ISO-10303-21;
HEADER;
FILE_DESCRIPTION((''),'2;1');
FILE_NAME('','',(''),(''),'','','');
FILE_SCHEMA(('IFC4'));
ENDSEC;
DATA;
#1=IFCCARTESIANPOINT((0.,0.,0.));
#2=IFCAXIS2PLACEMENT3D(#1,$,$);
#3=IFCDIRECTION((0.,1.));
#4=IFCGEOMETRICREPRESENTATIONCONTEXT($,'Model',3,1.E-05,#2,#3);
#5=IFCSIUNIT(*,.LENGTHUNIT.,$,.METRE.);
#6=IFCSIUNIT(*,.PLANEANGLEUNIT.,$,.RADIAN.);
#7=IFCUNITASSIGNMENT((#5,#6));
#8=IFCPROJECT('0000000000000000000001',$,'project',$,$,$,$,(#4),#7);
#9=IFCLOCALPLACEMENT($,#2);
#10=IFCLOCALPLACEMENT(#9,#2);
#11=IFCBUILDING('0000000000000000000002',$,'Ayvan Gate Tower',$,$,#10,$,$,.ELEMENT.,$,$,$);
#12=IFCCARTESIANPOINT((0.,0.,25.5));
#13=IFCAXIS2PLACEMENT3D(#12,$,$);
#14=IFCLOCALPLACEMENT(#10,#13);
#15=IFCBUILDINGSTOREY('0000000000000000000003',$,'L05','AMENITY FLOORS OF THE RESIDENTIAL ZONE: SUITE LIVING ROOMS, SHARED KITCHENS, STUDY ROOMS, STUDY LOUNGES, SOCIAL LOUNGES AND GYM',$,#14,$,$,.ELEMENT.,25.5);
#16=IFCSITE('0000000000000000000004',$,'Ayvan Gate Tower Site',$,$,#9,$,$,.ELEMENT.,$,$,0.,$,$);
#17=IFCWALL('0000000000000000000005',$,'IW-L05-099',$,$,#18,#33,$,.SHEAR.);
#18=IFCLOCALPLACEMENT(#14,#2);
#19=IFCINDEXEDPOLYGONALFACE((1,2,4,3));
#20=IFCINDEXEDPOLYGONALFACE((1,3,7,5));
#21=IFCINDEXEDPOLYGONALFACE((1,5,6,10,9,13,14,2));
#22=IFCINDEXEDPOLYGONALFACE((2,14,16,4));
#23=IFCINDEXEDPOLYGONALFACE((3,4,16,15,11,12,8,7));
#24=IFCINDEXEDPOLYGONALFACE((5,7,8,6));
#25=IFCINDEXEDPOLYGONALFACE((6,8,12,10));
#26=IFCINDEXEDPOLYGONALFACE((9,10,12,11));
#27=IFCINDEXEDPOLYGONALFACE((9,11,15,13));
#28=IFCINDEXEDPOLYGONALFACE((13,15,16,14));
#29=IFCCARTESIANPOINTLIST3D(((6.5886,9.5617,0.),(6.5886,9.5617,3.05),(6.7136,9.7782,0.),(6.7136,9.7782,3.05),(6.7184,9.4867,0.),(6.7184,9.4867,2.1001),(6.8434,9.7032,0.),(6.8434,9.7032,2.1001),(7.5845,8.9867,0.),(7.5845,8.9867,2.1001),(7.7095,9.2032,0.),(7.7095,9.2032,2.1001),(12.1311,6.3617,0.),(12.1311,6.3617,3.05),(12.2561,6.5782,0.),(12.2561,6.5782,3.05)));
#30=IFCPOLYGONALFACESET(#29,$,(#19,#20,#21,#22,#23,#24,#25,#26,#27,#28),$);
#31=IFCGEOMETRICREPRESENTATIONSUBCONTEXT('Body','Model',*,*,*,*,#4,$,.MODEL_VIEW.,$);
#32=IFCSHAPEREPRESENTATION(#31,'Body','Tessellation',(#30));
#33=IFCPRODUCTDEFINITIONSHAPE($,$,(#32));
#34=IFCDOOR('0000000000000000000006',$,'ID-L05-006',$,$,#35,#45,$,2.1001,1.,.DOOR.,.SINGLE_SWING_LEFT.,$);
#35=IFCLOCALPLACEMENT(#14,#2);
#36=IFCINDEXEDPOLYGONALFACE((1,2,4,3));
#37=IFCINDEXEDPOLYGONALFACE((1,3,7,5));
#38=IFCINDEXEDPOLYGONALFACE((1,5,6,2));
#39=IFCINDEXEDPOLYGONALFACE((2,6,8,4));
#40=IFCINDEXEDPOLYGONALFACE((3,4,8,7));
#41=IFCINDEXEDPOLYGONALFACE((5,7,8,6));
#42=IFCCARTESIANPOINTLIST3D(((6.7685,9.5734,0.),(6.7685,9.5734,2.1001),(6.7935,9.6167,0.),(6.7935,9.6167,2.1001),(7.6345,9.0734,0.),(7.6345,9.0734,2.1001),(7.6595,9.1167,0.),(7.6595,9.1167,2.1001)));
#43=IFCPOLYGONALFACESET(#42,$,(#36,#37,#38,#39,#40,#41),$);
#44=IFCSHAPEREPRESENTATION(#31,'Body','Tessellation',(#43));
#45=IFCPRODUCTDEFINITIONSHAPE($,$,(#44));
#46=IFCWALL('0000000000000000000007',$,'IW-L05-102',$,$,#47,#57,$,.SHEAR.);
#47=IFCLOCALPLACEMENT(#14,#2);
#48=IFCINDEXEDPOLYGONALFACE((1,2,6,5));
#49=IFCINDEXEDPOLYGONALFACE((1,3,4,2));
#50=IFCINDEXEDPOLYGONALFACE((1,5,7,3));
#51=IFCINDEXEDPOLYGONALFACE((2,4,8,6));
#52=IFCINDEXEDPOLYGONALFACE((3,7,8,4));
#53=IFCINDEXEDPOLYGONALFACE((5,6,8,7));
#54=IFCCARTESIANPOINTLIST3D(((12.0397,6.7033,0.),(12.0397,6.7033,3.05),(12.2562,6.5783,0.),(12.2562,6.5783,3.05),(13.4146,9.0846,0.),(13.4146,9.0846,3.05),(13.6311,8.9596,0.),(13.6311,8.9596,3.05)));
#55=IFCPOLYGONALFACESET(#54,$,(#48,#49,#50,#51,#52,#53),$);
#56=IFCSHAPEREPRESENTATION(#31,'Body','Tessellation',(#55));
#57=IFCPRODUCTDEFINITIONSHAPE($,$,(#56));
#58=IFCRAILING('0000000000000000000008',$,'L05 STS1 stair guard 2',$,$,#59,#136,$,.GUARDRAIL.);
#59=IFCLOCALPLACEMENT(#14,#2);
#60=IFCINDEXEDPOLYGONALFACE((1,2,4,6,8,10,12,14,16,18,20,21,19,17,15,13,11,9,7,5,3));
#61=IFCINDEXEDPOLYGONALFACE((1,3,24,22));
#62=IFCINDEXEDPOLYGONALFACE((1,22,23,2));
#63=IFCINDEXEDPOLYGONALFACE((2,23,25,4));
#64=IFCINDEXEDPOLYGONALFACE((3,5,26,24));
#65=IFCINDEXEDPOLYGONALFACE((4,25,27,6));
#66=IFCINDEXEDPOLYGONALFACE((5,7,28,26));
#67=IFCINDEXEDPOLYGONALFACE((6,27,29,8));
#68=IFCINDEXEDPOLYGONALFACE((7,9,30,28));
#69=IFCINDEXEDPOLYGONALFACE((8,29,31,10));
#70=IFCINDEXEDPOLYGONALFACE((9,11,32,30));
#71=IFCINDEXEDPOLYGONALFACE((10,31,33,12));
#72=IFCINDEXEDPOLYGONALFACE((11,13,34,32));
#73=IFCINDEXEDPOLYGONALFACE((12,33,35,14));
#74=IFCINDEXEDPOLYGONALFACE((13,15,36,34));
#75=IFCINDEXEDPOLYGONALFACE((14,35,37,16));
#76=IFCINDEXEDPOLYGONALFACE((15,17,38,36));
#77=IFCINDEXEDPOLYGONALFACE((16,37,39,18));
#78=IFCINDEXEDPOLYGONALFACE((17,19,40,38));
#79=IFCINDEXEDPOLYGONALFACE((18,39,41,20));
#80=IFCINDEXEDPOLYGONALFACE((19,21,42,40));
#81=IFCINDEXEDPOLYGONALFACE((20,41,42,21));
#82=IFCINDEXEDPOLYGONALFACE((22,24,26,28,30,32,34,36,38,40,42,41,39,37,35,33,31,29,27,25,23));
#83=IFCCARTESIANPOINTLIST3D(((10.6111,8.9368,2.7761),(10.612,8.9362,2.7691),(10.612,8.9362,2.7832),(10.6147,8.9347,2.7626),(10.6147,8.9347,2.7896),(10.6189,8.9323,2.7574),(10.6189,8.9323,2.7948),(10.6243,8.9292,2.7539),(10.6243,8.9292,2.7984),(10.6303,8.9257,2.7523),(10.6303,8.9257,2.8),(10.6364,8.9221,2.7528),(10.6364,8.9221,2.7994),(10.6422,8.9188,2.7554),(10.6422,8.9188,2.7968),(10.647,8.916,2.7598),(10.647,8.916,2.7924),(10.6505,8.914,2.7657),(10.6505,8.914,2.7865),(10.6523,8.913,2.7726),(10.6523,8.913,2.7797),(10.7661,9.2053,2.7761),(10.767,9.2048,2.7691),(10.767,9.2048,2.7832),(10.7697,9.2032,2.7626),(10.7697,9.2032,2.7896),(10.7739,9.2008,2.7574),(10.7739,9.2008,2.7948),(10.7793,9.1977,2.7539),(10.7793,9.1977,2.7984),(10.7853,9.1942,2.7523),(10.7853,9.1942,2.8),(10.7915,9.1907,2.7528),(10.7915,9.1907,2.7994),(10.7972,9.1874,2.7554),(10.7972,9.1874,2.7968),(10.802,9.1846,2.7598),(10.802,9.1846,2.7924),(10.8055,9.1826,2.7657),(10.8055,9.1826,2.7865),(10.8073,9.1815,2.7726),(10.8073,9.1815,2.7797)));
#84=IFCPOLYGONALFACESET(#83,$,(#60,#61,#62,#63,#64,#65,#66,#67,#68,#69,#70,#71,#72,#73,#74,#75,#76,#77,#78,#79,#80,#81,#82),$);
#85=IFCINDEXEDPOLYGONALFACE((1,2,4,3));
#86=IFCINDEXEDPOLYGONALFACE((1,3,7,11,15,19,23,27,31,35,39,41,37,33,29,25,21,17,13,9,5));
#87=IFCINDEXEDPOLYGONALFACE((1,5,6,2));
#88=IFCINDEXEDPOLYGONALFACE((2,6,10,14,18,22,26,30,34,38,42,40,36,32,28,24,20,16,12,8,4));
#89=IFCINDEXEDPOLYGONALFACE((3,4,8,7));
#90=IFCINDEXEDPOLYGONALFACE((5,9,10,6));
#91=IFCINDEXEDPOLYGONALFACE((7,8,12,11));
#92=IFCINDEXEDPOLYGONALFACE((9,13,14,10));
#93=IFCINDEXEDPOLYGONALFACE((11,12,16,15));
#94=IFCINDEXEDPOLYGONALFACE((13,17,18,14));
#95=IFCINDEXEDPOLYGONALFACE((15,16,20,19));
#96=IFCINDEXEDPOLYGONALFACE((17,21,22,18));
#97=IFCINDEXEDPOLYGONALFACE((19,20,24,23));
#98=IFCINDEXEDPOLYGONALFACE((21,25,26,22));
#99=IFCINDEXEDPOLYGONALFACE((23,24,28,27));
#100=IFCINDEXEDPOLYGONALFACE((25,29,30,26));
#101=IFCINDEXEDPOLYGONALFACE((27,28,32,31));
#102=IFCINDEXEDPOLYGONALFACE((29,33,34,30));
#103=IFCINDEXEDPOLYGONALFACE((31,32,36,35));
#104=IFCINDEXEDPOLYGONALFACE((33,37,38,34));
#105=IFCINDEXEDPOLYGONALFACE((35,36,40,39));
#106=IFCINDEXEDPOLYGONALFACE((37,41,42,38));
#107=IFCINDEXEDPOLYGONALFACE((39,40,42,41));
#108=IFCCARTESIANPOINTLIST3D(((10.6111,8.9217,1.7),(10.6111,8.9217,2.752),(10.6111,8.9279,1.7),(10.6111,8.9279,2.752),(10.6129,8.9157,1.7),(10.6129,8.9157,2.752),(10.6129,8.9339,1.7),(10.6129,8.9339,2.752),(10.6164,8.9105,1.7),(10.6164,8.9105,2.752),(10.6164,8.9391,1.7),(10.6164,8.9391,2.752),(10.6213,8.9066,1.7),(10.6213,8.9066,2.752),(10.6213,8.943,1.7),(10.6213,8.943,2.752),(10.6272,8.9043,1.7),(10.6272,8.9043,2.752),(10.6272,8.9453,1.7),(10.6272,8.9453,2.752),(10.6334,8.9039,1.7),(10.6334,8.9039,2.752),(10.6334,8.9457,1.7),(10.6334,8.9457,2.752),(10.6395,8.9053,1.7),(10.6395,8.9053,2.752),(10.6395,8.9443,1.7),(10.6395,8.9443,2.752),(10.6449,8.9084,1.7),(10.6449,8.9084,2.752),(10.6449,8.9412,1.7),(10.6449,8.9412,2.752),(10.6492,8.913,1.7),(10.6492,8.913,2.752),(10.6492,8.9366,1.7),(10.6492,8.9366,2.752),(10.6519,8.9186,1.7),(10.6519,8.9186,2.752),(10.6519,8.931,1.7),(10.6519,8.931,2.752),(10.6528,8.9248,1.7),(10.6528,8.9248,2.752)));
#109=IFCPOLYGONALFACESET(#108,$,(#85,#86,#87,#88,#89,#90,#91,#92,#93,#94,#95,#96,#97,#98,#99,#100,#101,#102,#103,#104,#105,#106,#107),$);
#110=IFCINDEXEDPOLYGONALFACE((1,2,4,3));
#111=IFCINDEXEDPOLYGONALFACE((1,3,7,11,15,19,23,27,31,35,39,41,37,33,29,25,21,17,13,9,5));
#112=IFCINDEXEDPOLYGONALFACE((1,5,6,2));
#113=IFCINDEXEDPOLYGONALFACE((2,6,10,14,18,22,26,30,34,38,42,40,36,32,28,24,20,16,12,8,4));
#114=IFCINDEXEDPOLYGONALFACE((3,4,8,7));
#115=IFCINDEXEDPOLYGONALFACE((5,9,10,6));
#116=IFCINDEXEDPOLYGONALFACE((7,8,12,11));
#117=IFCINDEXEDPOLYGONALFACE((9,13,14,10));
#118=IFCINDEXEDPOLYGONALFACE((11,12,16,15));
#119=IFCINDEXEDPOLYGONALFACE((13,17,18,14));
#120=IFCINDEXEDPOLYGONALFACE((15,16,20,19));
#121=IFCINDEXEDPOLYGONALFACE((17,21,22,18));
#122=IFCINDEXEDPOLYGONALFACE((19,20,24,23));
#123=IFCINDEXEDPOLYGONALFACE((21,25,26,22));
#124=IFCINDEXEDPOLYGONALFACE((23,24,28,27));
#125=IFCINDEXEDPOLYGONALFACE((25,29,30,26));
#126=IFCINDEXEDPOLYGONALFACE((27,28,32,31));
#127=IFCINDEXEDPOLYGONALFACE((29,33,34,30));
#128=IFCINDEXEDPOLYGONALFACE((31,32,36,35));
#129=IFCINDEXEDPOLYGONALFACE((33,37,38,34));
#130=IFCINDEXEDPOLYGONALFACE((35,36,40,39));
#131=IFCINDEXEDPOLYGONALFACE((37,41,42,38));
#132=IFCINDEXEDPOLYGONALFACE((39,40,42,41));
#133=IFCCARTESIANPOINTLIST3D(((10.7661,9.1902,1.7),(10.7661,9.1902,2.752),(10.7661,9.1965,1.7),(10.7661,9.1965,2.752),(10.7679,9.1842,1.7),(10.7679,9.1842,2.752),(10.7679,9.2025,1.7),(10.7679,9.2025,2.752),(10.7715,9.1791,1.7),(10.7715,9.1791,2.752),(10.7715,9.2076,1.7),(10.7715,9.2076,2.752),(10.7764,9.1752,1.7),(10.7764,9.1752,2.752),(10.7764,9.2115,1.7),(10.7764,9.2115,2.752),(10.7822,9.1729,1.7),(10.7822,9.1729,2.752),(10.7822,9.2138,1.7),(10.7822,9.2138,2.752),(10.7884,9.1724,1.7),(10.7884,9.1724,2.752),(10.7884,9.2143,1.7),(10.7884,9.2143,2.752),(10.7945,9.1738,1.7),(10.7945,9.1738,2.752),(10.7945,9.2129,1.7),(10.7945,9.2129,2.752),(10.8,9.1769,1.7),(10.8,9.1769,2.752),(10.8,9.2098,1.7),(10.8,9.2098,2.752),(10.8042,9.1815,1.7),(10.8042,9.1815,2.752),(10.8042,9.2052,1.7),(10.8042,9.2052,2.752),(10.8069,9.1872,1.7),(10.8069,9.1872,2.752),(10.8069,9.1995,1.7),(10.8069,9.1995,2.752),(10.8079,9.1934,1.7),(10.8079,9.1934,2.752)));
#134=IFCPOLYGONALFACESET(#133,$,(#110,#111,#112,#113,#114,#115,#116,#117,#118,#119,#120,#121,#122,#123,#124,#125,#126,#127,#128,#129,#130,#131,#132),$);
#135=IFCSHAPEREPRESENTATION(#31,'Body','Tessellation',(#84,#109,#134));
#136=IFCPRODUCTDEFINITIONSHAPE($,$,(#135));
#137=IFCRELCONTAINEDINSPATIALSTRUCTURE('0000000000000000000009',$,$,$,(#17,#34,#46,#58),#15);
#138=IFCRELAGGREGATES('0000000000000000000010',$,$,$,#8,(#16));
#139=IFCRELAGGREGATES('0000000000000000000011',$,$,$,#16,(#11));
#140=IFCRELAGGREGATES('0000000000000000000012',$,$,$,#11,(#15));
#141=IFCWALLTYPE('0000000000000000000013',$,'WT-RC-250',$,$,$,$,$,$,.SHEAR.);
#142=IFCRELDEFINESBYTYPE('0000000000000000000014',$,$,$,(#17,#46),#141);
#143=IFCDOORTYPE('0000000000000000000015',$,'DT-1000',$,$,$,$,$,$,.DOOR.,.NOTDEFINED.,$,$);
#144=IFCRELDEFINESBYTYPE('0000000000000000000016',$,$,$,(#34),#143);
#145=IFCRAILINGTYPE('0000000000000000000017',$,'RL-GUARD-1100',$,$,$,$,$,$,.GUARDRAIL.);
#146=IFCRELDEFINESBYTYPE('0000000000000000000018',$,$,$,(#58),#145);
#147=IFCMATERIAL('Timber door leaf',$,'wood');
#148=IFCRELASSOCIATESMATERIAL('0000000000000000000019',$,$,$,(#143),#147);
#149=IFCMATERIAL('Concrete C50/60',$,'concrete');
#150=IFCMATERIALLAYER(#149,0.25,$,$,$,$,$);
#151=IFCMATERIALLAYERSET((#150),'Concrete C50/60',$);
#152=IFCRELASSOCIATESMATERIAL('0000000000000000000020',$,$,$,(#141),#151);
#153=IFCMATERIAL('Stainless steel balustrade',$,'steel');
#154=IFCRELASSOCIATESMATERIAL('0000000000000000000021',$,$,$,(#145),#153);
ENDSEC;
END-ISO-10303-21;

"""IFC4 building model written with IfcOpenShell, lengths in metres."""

from ifc_helpers import new_model, si_unit, direction, frame, frame_2d, origin, origin_2d, place, context, subcontext, project, spatial, rectangle, circle, extrude, material, layer, layer_set, type_object, element, fill, save


model = new_model("IFC4")

# Units and contexts
model_context = context("Model", 3, precision=1e-05, world=origin(), true_north=direction((0.0, 1.0)))
body_context = subcontext(model_context, "Body", "Model", "MODEL_VIEW")
ifc_project = project(units=[si_unit("LENGTHUNIT", "METRE"), si_unit("PLANEANGLEUNIT", "RADIAN")], contexts=[model_context])

# Site, building, storey
site_placement = place(None, origin())
site = spatial("IfcSite", under=ifc_project, at=site_placement, Name="Ayvan Gate Tower Site", CompositionType="ELEMENT", RefElevation=0.0)
building_placement = place(site_placement, origin())
building = spatial("IfcBuilding", under=site, at=building_placement, Name="Ayvan Gate Tower", CompositionType="ELEMENT")
storey_placement = place(building_placement, frame((0.0, 0.0, 25.5)))
storey = spatial("IfcBuildingStorey", under=building, at=storey_placement, Name="L05", Description="AMENITY FLOORS OF THE RESIDENTIAL ZONE: SUITE LIVING ROOMS, SHARED KITCHENS, STUDY ROOMS, STUDY LOUNGES, SOCIAL LOUNGES AND GYM", CompositionType="ELEMENT", Elevation=25.5)

# Shared definitions
ifc_material_1 = material(Name="Timber door leaf", Category="wood")

# Shared definitions
door_type_1 = type_object("IfcDoorType", Name="DT-1000", OperationType="NOTDEFINED", PredefinedType="DOOR", material=ifc_material_1)

# Wall, opening, door
ifc_material_2 = material(Name="Concrete C50/60", Category="concrete")
ifc_layer_1 = layer(ifc_material_2, 0.25)
ifc_layer_set_1 = layer_set([ifc_layer_1], Name="Concrete C50/60")
wall_type_1 = type_object("IfcWallType", Name="WT-RC-250", PredefinedType="SHEAR", material=ifc_layer_set_1)
wall_1_placement = place(storey_placement, frame((12.1936, 6.47, 0.0), z_axis=(0.0, 0.0, 1.0), x_axis=(-0.866025, 0.5, 0.0)))
wall_1 = element("IfcWall", 1, at=wall_1_placement, inside=storey, type_object=wall_type_1, Name="IW-L05-099", PredefinedType="SHEAR", context=body_context, shape_type="SweptSolid", body=[
    extrude(rectangle(XDim=6.3999, YDim=0.25, at=frame_2d((3.2, 0.0))), origin(), (0.0, 0.0, 1.0), 3.05),
])
opening_1_placement = place(wall_1_placement, frame((5.25, 0.0, 0.0)))
opening_1 = element("IfcOpeningElement", 2, at=opening_1_placement, cuts=wall_1, PredefinedType="OPENING", context=body_context, shape_type="SweptSolid", body=[
    extrude(rectangle(XDim=1.0, YDim=2.1001, at=frame_2d((0.5, 1.05))), frame((0.0, 0.135, 0.0), z_axis=(0.0, -1.0, 0.0), x_axis=(1.0, 0.0, 0.0)), (0.0, 0.0, 1.0), 0.27),
])
door_1_placement = place(opening_1_placement, origin())
door_1 = element("IfcDoor", 3, at=door_1_placement, inside=storey, type_object=door_type_1, Name="ID-L05-006", OperationType="SINGLE_SWING_LEFT", OverallHeight=2.1001, OverallWidth=1.0, PredefinedType="DOOR", context=body_context, shape_type="SweptSolid", body=[
    extrude(rectangle(XDim=1.0, YDim=2.1001, at=frame_2d((0.5, 1.05))), frame((0.0, 0.0249, 0.0), z_axis=(0.0, -1.0, 0.0), x_axis=(1.0, 0.0, 0.0)), (0.0, 0.0, 1.0), 0.05),
])
fill(opening_1, door_1)

# Wall
wall_2_placement = place(storey_placement, frame((13.5229, 9.0222, 0.0), z_axis=(0.0, 0.0, 1.0), x_axis=(-0.500035, -0.866005, 0.0)))
element("IfcWall", 4, at=wall_2_placement, inside=storey, type_object=wall_type_1, Name="IW-L05-102", PredefinedType="SHEAR", context=body_context, shape_type="SweptSolid", body=[
    extrude(rectangle(XDim=2.7498, YDim=0.25, at=frame_2d((1.375, 0.0))), origin(), (0.0, 0.0, 1.0), 3.05),
])

# Railing
ifc_material_3 = material(Name="Stainless steel balustrade", Category="steel")
railing_type_1 = type_object("IfcRailingType", Name="RL-GUARD-1100", PredefinedType="GUARDRAIL", material=ifc_material_3)
railing_1_placement = place(storey_placement, frame((10.6318, 8.9248, 1.7)))
element("IfcRailing", 5, at=railing_1_placement, inside=storey, type_object=railing_type_1, Name="L05 STS1 stair guard 2", PredefinedType="GUARDRAIL", context=body_context, shape_type="SweptSolid", body=[
    extrude(circle(Radius=0.0239, at=origin_2d()), frame((0.0, 0.0, 1.0762), z_axis=(0.49995, 0.866054, 0.0), x_axis=(-0.866054, 0.49995, 0.0)), (0.0, 0.0, 1.0), 0.3101),
    extrude(circle(Radius=0.021, at=origin_2d()), origin(), (0.0, 0.0, 1.0), 1.052),
    extrude(circle(Radius=0.021, at=origin_2d()), frame((0.155, 0.2686, 0.0)), (0.0, 0.0, 1.0), 1.052),
])

save(model, "model.ifc")
